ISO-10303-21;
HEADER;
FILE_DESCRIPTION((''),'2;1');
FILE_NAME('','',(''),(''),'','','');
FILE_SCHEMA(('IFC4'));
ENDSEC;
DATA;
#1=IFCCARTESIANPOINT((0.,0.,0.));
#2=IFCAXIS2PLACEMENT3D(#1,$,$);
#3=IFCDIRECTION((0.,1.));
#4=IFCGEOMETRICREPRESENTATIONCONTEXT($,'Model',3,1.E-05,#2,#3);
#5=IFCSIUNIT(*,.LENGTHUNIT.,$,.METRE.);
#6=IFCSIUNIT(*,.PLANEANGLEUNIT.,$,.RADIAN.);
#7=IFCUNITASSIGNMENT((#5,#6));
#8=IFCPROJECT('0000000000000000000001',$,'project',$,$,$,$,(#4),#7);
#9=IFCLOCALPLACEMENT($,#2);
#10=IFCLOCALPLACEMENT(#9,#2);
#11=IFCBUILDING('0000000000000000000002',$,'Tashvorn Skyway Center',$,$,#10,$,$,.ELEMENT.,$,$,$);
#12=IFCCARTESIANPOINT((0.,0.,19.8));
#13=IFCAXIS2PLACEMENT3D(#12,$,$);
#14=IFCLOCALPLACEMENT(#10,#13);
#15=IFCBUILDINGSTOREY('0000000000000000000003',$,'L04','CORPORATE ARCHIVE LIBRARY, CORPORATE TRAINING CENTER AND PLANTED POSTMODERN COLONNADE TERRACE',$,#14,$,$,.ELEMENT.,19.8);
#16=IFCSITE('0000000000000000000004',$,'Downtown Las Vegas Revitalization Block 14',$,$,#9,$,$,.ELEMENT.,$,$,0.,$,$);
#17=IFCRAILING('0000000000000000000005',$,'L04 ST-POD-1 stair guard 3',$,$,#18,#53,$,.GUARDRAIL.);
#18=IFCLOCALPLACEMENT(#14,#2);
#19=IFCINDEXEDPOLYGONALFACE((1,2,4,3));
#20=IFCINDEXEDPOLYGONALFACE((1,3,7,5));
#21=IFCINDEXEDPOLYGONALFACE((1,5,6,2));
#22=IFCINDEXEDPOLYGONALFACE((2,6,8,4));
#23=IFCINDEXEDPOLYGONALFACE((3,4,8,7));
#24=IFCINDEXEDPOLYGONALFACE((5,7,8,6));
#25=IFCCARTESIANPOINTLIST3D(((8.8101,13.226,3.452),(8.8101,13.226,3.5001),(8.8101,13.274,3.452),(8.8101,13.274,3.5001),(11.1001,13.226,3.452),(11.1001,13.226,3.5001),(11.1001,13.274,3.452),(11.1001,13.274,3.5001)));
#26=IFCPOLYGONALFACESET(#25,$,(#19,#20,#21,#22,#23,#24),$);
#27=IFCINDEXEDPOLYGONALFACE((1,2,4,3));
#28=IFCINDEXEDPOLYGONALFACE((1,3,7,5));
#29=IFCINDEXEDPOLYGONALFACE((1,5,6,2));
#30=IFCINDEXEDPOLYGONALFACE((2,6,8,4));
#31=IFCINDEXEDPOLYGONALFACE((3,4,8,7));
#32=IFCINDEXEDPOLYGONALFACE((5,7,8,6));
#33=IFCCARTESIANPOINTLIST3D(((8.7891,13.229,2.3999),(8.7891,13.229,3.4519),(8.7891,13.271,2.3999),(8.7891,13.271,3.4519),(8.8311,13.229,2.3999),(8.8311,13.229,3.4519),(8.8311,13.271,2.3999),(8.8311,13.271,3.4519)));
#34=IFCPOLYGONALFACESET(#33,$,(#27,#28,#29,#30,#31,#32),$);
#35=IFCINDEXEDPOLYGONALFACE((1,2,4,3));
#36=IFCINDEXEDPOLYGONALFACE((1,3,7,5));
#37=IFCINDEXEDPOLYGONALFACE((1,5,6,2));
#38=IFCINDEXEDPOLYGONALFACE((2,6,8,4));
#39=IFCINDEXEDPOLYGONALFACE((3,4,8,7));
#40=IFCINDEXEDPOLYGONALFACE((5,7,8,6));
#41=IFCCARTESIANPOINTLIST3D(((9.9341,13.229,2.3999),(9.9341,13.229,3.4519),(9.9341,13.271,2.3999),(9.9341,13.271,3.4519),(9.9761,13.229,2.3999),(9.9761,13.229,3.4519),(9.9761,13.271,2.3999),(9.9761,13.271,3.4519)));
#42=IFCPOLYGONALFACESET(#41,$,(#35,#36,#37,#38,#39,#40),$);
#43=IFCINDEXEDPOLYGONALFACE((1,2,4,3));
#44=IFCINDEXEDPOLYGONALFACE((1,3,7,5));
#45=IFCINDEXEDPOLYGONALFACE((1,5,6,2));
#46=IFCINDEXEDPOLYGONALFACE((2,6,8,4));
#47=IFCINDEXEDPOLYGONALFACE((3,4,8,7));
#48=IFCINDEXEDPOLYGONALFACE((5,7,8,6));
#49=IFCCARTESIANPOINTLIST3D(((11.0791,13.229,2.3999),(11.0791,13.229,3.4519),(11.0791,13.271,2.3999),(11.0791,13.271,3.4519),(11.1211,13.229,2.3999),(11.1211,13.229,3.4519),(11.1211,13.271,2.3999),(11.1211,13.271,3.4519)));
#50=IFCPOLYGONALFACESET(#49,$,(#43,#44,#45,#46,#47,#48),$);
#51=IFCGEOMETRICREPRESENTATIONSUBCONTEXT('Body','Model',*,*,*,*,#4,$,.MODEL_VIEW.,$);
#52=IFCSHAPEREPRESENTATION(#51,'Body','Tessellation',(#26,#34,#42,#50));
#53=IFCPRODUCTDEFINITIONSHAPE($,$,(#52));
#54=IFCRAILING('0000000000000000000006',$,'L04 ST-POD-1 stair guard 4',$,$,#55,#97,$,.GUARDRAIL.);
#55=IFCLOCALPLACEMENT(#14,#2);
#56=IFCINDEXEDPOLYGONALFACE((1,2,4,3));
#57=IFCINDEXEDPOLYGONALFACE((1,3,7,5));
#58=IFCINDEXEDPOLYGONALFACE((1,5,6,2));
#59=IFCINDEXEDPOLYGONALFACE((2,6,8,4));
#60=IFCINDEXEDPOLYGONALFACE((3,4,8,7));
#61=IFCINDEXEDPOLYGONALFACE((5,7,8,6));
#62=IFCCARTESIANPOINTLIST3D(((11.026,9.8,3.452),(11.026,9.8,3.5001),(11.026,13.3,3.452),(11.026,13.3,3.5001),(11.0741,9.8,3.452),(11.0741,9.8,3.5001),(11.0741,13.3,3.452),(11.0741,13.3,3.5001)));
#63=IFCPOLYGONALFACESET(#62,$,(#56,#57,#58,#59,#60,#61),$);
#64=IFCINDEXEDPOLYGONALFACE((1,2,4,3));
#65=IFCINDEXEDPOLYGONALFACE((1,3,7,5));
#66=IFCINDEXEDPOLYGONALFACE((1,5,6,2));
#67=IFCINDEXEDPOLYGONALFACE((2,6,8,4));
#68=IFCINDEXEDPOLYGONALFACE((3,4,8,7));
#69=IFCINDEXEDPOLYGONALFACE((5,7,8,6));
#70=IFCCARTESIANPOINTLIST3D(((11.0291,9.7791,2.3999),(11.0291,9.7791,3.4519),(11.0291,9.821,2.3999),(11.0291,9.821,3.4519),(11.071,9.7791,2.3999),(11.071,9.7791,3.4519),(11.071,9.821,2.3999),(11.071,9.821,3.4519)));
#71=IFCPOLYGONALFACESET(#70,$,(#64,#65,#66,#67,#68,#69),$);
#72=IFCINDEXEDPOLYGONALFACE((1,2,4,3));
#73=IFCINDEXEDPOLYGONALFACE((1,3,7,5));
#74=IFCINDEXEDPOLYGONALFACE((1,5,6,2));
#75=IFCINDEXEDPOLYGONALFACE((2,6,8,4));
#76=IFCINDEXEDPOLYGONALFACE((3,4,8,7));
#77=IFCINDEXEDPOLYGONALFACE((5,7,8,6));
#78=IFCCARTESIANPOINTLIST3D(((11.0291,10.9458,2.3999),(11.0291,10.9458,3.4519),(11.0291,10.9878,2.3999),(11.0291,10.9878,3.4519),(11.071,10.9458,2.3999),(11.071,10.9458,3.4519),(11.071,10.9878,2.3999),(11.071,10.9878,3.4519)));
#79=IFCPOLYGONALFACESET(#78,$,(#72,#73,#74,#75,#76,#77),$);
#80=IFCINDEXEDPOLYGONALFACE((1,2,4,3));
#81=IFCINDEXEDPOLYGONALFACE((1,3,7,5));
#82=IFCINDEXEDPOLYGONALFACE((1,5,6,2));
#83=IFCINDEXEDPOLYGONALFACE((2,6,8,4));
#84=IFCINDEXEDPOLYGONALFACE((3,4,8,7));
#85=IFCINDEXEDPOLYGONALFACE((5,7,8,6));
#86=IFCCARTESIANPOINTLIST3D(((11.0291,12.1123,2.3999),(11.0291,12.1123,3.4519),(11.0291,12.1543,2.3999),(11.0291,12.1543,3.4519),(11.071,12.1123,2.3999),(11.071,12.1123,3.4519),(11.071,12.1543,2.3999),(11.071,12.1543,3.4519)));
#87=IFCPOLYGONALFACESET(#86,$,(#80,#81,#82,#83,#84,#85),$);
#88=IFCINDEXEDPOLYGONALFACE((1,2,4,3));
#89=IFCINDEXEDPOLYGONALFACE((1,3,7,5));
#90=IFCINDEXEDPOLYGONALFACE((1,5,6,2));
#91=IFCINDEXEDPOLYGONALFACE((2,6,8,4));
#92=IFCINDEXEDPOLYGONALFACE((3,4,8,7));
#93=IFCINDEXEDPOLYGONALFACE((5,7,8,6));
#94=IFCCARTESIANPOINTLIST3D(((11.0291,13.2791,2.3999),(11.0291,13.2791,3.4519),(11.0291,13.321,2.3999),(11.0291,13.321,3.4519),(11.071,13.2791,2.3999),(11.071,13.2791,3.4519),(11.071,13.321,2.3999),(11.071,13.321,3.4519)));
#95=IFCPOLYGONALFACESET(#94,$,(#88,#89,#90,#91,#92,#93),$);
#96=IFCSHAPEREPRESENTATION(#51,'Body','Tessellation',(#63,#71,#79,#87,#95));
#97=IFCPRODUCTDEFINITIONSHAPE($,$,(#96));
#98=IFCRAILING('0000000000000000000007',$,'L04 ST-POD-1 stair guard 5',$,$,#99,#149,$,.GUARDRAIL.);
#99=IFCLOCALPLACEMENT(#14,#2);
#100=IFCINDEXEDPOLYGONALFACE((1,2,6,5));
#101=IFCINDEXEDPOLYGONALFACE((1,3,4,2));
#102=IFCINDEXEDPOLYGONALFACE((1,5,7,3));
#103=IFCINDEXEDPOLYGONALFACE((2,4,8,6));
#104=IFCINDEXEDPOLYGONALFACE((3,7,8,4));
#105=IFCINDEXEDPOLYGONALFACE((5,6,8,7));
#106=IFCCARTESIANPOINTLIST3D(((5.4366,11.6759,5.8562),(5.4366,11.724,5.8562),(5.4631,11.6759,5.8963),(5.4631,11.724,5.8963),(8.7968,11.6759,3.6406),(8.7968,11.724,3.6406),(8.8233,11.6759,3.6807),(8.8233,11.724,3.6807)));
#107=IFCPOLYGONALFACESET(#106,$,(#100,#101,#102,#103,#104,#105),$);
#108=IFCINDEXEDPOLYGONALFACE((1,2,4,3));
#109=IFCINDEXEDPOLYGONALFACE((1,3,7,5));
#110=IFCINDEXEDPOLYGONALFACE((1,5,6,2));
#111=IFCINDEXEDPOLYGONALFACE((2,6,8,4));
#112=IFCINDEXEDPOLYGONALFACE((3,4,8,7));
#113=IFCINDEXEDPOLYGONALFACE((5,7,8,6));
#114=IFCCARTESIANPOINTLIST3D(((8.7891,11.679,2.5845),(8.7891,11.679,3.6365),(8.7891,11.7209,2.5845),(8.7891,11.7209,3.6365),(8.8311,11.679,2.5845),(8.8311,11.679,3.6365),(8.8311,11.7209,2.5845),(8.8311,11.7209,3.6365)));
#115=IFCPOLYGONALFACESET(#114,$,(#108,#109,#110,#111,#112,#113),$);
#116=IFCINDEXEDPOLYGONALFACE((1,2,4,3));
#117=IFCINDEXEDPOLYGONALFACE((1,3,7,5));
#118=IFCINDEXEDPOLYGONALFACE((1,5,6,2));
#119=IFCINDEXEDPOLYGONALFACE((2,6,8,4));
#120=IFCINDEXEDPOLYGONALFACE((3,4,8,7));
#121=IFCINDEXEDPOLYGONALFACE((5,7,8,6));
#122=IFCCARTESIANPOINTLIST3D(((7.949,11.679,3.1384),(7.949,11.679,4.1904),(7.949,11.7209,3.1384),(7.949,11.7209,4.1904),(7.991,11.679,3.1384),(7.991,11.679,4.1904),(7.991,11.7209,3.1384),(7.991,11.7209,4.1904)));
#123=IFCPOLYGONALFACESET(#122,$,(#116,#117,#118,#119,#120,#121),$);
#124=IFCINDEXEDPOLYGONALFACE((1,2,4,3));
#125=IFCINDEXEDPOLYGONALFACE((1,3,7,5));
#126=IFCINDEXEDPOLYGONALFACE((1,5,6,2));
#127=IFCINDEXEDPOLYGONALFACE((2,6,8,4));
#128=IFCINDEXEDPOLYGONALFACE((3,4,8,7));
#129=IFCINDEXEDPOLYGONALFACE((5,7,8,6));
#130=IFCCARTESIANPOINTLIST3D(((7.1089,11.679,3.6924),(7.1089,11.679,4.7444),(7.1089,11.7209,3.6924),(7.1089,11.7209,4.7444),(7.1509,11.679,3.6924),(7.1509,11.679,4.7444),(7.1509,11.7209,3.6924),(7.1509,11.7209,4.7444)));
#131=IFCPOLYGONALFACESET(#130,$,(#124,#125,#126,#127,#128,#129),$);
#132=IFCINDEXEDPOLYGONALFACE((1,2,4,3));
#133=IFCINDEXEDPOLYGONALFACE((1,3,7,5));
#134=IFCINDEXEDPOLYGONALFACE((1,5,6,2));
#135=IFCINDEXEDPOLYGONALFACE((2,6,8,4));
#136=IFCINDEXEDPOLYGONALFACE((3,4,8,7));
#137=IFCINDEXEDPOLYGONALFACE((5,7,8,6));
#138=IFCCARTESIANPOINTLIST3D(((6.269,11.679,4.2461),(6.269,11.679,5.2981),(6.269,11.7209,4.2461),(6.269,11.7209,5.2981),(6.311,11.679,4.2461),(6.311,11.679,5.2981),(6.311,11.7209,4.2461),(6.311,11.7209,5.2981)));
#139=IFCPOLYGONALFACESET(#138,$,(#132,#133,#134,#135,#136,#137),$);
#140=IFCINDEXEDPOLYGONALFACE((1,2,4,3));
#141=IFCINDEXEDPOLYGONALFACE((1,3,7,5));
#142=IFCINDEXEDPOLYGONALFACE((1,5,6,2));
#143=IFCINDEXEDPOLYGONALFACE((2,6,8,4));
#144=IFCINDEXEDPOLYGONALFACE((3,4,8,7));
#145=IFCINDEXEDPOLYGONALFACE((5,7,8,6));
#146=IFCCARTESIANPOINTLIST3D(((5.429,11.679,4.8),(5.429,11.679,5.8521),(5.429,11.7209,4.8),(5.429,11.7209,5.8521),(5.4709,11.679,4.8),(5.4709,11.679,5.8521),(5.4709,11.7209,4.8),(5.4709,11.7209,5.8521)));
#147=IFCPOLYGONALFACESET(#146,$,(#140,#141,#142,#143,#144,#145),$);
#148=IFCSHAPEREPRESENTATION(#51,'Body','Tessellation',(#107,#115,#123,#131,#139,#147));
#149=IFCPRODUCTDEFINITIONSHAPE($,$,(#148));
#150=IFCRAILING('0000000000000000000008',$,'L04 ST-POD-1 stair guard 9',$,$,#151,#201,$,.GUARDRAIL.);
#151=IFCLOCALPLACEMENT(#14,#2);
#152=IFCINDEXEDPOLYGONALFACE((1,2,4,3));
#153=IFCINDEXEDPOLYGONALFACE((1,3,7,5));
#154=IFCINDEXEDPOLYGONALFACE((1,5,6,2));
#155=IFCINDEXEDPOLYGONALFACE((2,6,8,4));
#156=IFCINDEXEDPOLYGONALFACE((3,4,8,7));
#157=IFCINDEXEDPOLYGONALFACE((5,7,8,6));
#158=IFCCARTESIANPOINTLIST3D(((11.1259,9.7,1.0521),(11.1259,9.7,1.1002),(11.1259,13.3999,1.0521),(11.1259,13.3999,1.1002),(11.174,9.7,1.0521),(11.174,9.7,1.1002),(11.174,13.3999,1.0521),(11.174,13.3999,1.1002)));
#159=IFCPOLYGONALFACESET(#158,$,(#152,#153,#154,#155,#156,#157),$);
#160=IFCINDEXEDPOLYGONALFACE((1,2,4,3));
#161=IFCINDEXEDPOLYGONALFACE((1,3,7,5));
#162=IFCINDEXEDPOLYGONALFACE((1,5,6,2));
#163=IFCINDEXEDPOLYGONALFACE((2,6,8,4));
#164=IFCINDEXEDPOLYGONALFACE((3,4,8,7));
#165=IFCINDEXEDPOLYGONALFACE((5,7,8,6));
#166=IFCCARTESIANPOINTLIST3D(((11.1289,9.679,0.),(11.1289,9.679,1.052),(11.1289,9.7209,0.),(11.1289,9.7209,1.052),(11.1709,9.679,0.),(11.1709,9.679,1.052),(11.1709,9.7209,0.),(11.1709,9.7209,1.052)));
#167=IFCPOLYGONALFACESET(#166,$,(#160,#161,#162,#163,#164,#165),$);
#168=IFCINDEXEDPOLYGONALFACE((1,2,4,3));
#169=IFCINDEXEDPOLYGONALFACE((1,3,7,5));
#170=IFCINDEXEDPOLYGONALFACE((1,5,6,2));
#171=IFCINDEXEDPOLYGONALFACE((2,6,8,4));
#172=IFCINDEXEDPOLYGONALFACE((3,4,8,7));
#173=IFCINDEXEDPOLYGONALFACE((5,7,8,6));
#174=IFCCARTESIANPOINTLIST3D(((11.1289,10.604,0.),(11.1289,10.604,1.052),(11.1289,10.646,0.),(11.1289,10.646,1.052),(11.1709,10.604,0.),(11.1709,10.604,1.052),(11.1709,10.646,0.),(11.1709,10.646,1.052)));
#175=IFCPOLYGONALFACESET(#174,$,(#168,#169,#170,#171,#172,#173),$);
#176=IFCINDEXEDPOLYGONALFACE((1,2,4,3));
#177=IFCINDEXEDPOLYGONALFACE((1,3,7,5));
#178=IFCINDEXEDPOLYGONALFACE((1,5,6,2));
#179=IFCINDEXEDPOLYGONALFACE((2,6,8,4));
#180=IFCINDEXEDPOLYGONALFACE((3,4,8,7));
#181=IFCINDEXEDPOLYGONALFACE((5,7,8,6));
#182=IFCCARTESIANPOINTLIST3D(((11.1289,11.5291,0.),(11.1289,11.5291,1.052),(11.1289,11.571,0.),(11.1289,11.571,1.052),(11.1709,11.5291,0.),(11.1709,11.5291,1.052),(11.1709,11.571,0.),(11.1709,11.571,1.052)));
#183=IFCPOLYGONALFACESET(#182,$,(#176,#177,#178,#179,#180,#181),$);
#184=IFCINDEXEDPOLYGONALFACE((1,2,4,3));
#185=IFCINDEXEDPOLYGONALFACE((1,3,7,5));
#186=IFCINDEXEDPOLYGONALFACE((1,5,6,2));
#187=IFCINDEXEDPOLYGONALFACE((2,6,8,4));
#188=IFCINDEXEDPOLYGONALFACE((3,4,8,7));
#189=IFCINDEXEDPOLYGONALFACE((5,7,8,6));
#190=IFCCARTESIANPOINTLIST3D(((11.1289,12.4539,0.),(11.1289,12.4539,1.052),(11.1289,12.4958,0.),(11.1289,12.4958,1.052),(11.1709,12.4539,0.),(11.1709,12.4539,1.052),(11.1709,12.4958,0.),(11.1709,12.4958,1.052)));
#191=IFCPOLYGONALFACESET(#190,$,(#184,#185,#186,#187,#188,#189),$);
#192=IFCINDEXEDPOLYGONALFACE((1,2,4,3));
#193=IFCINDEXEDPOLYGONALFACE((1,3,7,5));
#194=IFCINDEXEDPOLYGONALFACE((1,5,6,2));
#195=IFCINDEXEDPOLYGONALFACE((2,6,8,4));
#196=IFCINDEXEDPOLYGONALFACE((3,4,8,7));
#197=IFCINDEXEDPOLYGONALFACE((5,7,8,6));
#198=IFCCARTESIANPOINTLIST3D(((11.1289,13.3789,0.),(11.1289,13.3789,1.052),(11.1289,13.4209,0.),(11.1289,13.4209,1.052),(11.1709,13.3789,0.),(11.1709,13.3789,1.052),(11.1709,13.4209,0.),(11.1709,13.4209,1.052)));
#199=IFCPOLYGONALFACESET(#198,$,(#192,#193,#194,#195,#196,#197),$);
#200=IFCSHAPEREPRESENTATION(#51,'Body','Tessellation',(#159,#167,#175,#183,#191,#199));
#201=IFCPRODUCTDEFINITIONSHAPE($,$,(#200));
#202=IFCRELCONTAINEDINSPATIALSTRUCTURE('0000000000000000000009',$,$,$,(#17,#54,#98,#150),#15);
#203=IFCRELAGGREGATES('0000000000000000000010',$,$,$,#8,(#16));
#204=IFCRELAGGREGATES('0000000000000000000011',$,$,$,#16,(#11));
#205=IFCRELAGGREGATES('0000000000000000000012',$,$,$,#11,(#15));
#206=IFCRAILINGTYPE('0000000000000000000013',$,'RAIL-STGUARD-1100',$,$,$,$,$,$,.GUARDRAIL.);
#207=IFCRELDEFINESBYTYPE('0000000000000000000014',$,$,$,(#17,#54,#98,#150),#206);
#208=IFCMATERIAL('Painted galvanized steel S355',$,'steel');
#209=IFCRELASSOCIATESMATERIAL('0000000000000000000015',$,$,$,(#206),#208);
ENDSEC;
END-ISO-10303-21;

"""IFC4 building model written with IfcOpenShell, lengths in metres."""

from ifc_helpers import new_model, si_unit, direction, frame, origin, origin_2d, place, context, subcontext, project, spatial, rectangle, extrude, material, type_object, element, save


model = new_model("IFC4")

# Units and contexts
model_context = context("Model", 3, precision=1e-05, world=origin(), true_north=direction((0.0, 1.0)))
body_context = subcontext(model_context, "Body", "Model", "MODEL_VIEW")
ifc_project = project(units=[si_unit("LENGTHUNIT", "METRE"), si_unit("PLANEANGLEUNIT", "RADIAN")], contexts=[model_context])

# Site, building, storey
site_placement = place(None, origin())
site = spatial("IfcSite", under=ifc_project, at=site_placement, Name="Downtown Las Vegas Revitalization Block 14", CompositionType="ELEMENT", RefElevation=0.0)
building_placement = place(site_placement, origin())
building = spatial("IfcBuilding", under=site, at=building_placement, Name="Tashvorn Skyway Center", CompositionType="ELEMENT")
storey_placement = place(building_placement, frame((0.0, 0.0, 19.8)))
storey = spatial("IfcBuildingStorey", under=building, at=storey_placement, Name="L04", Description="CORPORATE ARCHIVE LIBRARY, CORPORATE TRAINING CENTER AND PLANTED POSTMODERN COLONNADE TERRACE", CompositionType="ELEMENT", Elevation=19.8)

# Railings
ifc_material_1 = material(Name="Painted galvanized steel S355", Category="steel")
railing_type_1 = type_object("IfcRailingType", Name="RAIL-STGUARD-1100", PredefinedType="GUARDRAIL", material=ifc_material_1)
railing_1_placement = place(storey_placement, frame((8.8101, 13.25, 2.3999)))
element("IfcRailing", 1, at=railing_1_placement, inside=storey, type_object=railing_type_1, Name="L04 ST-POD-1 stair guard 3", PredefinedType="GUARDRAIL", context=body_context, shape_type="SweptSolid", body=[
    extrude(rectangle(XDim=0.0481, YDim=0.0481, at=origin_2d()), frame((0.0, 0.0, 1.0762), z_axis=(1.0, 0.0, 0.0), x_axis=(0.0, 1.0, 0.0)), (0.0, 0.0, 1.0), 2.29),
    extrude(rectangle(XDim=0.042, YDim=0.042, at=origin_2d()), origin(), (0.0, 0.0, 1.0), 1.052),
    extrude(rectangle(XDim=0.042, YDim=0.042, at=origin_2d()), frame((1.145, 0.0, 0.0)), (0.0, 0.0, 1.0), 1.052),
    extrude(rectangle(XDim=0.042, YDim=0.042, at=origin_2d()), frame((2.29, 0.0, 0.0)), (0.0, 0.0, 1.0), 1.052),
])
railing_2_placement = place(storey_placement, frame((11.05, 9.8, 2.3999)))
element("IfcRailing", 2, at=railing_2_placement, inside=storey, type_object=railing_type_1, Name="L04 ST-POD-1 stair guard 4", PredefinedType="GUARDRAIL", context=body_context, shape_type="SweptSolid", body=[
    extrude(rectangle(XDim=0.0481, YDim=0.0481, at=origin_2d()), frame((0.0, 0.0, 1.0762), z_axis=(0.0, 1.0, 0.0), x_axis=(-1.0, 0.0, 0.0)), (0.0, 0.0, 1.0), 3.5),
    extrude(rectangle(XDim=0.042, YDim=0.042, at=origin_2d()), origin(), (0.0, 0.0, 1.0), 1.052),
    extrude(rectangle(XDim=0.042, YDim=0.042, at=origin_2d()), frame((0.0, 1.1667, 0.0)), (0.0, 0.0, 1.0), 1.052),
    extrude(rectangle(XDim=0.042, YDim=0.042, at=origin_2d()), frame((0.0, 2.3333, 0.0)), (0.0, 0.0, 1.0), 1.052),
    extrude(rectangle(XDim=0.042, YDim=0.042, at=origin_2d()), frame((0.0, 3.5, 0.0)), (0.0, 0.0, 1.0), 1.052),
])
railing_3_placement = place(storey_placement, frame((8.8101, 11.7, 2.5845)))
element("IfcRailing", 3, at=railing_3_placement, inside=storey, type_object=railing_type_1, Name="L04 ST-POD-1 stair guard 5", PredefinedType="GUARDRAIL", context=body_context, shape_type="SweptSolid", body=[
    extrude(rectangle(XDim=0.0481, YDim=0.0481, at=origin_2d()), frame((0.0, 0.0, 1.0762), z_axis=(-0.834849, 0.0, 0.55048), x_axis=(0.0, -1.0, 0.0)), (0.0, 0.0, 1.0), 4.0249),
    extrude(rectangle(XDim=0.042, YDim=0.042, at=origin_2d()), origin(), (0.0, 0.0, 1.0), 1.052),
    extrude(rectangle(XDim=0.042, YDim=0.042, at=origin_2d()), frame((-0.8401, 0.0, 0.554)), (0.0, 0.0, 1.0), 1.052),
    extrude(rectangle(XDim=0.042, YDim=0.042, at=origin_2d()), frame((-1.6802, 0.0, 1.1079)), (0.0, 0.0, 1.0), 1.052),
    extrude(rectangle(XDim=0.042, YDim=0.042, at=origin_2d()), frame((-2.52, 0.0, 1.6616)), (0.0, 0.0, 1.0), 1.052),
    extrude(rectangle(XDim=0.042, YDim=0.042, at=origin_2d()), frame((-3.3601, 0.0, 2.2156)), (0.0, 0.0, 1.0), 1.052),
])
railing_4_placement = place(storey_placement, frame((11.1499, 9.7, 0.0)))
element("IfcRailing", 4, at=railing_4_placement, inside=storey, type_object=railing_type_1, Name="L04 ST-POD-1 stair guard 9", PredefinedType="GUARDRAIL", context=body_context, shape_type="SweptSolid", body=[
    extrude(rectangle(XDim=0.0481, YDim=0.0481, at=origin_2d()), frame((0.0, 0.0, 1.0762), z_axis=(0.0, 1.0, 0.0), x_axis=(-1.0, 0.0, 0.0)), (0.0, 0.0, 1.0), 3.7),
    extrude(rectangle(XDim=0.042, YDim=0.042, at=origin_2d()), origin(), (0.0, 0.0, 1.0), 1.052),
    extrude(rectangle(XDim=0.042, YDim=0.042, at=origin_2d()), frame((0.0, 0.925, 0.0)), (0.0, 0.0, 1.0), 1.052),
    extrude(rectangle(XDim=0.042, YDim=0.042, at=origin_2d()), frame((0.0, 1.8501, 0.0)), (0.0, 0.0, 1.0), 1.052),
    extrude(rectangle(XDim=0.042, YDim=0.042, at=origin_2d()), frame((0.0, 2.7749, 0.0)), (0.0, 0.0, 1.0), 1.052),
    extrude(rectangle(XDim=0.042, YDim=0.042, at=origin_2d()), frame((0.0, 3.7, 0.0)), (0.0, 0.0, 1.0), 1.052),
])

save(model, "model.ifc")
